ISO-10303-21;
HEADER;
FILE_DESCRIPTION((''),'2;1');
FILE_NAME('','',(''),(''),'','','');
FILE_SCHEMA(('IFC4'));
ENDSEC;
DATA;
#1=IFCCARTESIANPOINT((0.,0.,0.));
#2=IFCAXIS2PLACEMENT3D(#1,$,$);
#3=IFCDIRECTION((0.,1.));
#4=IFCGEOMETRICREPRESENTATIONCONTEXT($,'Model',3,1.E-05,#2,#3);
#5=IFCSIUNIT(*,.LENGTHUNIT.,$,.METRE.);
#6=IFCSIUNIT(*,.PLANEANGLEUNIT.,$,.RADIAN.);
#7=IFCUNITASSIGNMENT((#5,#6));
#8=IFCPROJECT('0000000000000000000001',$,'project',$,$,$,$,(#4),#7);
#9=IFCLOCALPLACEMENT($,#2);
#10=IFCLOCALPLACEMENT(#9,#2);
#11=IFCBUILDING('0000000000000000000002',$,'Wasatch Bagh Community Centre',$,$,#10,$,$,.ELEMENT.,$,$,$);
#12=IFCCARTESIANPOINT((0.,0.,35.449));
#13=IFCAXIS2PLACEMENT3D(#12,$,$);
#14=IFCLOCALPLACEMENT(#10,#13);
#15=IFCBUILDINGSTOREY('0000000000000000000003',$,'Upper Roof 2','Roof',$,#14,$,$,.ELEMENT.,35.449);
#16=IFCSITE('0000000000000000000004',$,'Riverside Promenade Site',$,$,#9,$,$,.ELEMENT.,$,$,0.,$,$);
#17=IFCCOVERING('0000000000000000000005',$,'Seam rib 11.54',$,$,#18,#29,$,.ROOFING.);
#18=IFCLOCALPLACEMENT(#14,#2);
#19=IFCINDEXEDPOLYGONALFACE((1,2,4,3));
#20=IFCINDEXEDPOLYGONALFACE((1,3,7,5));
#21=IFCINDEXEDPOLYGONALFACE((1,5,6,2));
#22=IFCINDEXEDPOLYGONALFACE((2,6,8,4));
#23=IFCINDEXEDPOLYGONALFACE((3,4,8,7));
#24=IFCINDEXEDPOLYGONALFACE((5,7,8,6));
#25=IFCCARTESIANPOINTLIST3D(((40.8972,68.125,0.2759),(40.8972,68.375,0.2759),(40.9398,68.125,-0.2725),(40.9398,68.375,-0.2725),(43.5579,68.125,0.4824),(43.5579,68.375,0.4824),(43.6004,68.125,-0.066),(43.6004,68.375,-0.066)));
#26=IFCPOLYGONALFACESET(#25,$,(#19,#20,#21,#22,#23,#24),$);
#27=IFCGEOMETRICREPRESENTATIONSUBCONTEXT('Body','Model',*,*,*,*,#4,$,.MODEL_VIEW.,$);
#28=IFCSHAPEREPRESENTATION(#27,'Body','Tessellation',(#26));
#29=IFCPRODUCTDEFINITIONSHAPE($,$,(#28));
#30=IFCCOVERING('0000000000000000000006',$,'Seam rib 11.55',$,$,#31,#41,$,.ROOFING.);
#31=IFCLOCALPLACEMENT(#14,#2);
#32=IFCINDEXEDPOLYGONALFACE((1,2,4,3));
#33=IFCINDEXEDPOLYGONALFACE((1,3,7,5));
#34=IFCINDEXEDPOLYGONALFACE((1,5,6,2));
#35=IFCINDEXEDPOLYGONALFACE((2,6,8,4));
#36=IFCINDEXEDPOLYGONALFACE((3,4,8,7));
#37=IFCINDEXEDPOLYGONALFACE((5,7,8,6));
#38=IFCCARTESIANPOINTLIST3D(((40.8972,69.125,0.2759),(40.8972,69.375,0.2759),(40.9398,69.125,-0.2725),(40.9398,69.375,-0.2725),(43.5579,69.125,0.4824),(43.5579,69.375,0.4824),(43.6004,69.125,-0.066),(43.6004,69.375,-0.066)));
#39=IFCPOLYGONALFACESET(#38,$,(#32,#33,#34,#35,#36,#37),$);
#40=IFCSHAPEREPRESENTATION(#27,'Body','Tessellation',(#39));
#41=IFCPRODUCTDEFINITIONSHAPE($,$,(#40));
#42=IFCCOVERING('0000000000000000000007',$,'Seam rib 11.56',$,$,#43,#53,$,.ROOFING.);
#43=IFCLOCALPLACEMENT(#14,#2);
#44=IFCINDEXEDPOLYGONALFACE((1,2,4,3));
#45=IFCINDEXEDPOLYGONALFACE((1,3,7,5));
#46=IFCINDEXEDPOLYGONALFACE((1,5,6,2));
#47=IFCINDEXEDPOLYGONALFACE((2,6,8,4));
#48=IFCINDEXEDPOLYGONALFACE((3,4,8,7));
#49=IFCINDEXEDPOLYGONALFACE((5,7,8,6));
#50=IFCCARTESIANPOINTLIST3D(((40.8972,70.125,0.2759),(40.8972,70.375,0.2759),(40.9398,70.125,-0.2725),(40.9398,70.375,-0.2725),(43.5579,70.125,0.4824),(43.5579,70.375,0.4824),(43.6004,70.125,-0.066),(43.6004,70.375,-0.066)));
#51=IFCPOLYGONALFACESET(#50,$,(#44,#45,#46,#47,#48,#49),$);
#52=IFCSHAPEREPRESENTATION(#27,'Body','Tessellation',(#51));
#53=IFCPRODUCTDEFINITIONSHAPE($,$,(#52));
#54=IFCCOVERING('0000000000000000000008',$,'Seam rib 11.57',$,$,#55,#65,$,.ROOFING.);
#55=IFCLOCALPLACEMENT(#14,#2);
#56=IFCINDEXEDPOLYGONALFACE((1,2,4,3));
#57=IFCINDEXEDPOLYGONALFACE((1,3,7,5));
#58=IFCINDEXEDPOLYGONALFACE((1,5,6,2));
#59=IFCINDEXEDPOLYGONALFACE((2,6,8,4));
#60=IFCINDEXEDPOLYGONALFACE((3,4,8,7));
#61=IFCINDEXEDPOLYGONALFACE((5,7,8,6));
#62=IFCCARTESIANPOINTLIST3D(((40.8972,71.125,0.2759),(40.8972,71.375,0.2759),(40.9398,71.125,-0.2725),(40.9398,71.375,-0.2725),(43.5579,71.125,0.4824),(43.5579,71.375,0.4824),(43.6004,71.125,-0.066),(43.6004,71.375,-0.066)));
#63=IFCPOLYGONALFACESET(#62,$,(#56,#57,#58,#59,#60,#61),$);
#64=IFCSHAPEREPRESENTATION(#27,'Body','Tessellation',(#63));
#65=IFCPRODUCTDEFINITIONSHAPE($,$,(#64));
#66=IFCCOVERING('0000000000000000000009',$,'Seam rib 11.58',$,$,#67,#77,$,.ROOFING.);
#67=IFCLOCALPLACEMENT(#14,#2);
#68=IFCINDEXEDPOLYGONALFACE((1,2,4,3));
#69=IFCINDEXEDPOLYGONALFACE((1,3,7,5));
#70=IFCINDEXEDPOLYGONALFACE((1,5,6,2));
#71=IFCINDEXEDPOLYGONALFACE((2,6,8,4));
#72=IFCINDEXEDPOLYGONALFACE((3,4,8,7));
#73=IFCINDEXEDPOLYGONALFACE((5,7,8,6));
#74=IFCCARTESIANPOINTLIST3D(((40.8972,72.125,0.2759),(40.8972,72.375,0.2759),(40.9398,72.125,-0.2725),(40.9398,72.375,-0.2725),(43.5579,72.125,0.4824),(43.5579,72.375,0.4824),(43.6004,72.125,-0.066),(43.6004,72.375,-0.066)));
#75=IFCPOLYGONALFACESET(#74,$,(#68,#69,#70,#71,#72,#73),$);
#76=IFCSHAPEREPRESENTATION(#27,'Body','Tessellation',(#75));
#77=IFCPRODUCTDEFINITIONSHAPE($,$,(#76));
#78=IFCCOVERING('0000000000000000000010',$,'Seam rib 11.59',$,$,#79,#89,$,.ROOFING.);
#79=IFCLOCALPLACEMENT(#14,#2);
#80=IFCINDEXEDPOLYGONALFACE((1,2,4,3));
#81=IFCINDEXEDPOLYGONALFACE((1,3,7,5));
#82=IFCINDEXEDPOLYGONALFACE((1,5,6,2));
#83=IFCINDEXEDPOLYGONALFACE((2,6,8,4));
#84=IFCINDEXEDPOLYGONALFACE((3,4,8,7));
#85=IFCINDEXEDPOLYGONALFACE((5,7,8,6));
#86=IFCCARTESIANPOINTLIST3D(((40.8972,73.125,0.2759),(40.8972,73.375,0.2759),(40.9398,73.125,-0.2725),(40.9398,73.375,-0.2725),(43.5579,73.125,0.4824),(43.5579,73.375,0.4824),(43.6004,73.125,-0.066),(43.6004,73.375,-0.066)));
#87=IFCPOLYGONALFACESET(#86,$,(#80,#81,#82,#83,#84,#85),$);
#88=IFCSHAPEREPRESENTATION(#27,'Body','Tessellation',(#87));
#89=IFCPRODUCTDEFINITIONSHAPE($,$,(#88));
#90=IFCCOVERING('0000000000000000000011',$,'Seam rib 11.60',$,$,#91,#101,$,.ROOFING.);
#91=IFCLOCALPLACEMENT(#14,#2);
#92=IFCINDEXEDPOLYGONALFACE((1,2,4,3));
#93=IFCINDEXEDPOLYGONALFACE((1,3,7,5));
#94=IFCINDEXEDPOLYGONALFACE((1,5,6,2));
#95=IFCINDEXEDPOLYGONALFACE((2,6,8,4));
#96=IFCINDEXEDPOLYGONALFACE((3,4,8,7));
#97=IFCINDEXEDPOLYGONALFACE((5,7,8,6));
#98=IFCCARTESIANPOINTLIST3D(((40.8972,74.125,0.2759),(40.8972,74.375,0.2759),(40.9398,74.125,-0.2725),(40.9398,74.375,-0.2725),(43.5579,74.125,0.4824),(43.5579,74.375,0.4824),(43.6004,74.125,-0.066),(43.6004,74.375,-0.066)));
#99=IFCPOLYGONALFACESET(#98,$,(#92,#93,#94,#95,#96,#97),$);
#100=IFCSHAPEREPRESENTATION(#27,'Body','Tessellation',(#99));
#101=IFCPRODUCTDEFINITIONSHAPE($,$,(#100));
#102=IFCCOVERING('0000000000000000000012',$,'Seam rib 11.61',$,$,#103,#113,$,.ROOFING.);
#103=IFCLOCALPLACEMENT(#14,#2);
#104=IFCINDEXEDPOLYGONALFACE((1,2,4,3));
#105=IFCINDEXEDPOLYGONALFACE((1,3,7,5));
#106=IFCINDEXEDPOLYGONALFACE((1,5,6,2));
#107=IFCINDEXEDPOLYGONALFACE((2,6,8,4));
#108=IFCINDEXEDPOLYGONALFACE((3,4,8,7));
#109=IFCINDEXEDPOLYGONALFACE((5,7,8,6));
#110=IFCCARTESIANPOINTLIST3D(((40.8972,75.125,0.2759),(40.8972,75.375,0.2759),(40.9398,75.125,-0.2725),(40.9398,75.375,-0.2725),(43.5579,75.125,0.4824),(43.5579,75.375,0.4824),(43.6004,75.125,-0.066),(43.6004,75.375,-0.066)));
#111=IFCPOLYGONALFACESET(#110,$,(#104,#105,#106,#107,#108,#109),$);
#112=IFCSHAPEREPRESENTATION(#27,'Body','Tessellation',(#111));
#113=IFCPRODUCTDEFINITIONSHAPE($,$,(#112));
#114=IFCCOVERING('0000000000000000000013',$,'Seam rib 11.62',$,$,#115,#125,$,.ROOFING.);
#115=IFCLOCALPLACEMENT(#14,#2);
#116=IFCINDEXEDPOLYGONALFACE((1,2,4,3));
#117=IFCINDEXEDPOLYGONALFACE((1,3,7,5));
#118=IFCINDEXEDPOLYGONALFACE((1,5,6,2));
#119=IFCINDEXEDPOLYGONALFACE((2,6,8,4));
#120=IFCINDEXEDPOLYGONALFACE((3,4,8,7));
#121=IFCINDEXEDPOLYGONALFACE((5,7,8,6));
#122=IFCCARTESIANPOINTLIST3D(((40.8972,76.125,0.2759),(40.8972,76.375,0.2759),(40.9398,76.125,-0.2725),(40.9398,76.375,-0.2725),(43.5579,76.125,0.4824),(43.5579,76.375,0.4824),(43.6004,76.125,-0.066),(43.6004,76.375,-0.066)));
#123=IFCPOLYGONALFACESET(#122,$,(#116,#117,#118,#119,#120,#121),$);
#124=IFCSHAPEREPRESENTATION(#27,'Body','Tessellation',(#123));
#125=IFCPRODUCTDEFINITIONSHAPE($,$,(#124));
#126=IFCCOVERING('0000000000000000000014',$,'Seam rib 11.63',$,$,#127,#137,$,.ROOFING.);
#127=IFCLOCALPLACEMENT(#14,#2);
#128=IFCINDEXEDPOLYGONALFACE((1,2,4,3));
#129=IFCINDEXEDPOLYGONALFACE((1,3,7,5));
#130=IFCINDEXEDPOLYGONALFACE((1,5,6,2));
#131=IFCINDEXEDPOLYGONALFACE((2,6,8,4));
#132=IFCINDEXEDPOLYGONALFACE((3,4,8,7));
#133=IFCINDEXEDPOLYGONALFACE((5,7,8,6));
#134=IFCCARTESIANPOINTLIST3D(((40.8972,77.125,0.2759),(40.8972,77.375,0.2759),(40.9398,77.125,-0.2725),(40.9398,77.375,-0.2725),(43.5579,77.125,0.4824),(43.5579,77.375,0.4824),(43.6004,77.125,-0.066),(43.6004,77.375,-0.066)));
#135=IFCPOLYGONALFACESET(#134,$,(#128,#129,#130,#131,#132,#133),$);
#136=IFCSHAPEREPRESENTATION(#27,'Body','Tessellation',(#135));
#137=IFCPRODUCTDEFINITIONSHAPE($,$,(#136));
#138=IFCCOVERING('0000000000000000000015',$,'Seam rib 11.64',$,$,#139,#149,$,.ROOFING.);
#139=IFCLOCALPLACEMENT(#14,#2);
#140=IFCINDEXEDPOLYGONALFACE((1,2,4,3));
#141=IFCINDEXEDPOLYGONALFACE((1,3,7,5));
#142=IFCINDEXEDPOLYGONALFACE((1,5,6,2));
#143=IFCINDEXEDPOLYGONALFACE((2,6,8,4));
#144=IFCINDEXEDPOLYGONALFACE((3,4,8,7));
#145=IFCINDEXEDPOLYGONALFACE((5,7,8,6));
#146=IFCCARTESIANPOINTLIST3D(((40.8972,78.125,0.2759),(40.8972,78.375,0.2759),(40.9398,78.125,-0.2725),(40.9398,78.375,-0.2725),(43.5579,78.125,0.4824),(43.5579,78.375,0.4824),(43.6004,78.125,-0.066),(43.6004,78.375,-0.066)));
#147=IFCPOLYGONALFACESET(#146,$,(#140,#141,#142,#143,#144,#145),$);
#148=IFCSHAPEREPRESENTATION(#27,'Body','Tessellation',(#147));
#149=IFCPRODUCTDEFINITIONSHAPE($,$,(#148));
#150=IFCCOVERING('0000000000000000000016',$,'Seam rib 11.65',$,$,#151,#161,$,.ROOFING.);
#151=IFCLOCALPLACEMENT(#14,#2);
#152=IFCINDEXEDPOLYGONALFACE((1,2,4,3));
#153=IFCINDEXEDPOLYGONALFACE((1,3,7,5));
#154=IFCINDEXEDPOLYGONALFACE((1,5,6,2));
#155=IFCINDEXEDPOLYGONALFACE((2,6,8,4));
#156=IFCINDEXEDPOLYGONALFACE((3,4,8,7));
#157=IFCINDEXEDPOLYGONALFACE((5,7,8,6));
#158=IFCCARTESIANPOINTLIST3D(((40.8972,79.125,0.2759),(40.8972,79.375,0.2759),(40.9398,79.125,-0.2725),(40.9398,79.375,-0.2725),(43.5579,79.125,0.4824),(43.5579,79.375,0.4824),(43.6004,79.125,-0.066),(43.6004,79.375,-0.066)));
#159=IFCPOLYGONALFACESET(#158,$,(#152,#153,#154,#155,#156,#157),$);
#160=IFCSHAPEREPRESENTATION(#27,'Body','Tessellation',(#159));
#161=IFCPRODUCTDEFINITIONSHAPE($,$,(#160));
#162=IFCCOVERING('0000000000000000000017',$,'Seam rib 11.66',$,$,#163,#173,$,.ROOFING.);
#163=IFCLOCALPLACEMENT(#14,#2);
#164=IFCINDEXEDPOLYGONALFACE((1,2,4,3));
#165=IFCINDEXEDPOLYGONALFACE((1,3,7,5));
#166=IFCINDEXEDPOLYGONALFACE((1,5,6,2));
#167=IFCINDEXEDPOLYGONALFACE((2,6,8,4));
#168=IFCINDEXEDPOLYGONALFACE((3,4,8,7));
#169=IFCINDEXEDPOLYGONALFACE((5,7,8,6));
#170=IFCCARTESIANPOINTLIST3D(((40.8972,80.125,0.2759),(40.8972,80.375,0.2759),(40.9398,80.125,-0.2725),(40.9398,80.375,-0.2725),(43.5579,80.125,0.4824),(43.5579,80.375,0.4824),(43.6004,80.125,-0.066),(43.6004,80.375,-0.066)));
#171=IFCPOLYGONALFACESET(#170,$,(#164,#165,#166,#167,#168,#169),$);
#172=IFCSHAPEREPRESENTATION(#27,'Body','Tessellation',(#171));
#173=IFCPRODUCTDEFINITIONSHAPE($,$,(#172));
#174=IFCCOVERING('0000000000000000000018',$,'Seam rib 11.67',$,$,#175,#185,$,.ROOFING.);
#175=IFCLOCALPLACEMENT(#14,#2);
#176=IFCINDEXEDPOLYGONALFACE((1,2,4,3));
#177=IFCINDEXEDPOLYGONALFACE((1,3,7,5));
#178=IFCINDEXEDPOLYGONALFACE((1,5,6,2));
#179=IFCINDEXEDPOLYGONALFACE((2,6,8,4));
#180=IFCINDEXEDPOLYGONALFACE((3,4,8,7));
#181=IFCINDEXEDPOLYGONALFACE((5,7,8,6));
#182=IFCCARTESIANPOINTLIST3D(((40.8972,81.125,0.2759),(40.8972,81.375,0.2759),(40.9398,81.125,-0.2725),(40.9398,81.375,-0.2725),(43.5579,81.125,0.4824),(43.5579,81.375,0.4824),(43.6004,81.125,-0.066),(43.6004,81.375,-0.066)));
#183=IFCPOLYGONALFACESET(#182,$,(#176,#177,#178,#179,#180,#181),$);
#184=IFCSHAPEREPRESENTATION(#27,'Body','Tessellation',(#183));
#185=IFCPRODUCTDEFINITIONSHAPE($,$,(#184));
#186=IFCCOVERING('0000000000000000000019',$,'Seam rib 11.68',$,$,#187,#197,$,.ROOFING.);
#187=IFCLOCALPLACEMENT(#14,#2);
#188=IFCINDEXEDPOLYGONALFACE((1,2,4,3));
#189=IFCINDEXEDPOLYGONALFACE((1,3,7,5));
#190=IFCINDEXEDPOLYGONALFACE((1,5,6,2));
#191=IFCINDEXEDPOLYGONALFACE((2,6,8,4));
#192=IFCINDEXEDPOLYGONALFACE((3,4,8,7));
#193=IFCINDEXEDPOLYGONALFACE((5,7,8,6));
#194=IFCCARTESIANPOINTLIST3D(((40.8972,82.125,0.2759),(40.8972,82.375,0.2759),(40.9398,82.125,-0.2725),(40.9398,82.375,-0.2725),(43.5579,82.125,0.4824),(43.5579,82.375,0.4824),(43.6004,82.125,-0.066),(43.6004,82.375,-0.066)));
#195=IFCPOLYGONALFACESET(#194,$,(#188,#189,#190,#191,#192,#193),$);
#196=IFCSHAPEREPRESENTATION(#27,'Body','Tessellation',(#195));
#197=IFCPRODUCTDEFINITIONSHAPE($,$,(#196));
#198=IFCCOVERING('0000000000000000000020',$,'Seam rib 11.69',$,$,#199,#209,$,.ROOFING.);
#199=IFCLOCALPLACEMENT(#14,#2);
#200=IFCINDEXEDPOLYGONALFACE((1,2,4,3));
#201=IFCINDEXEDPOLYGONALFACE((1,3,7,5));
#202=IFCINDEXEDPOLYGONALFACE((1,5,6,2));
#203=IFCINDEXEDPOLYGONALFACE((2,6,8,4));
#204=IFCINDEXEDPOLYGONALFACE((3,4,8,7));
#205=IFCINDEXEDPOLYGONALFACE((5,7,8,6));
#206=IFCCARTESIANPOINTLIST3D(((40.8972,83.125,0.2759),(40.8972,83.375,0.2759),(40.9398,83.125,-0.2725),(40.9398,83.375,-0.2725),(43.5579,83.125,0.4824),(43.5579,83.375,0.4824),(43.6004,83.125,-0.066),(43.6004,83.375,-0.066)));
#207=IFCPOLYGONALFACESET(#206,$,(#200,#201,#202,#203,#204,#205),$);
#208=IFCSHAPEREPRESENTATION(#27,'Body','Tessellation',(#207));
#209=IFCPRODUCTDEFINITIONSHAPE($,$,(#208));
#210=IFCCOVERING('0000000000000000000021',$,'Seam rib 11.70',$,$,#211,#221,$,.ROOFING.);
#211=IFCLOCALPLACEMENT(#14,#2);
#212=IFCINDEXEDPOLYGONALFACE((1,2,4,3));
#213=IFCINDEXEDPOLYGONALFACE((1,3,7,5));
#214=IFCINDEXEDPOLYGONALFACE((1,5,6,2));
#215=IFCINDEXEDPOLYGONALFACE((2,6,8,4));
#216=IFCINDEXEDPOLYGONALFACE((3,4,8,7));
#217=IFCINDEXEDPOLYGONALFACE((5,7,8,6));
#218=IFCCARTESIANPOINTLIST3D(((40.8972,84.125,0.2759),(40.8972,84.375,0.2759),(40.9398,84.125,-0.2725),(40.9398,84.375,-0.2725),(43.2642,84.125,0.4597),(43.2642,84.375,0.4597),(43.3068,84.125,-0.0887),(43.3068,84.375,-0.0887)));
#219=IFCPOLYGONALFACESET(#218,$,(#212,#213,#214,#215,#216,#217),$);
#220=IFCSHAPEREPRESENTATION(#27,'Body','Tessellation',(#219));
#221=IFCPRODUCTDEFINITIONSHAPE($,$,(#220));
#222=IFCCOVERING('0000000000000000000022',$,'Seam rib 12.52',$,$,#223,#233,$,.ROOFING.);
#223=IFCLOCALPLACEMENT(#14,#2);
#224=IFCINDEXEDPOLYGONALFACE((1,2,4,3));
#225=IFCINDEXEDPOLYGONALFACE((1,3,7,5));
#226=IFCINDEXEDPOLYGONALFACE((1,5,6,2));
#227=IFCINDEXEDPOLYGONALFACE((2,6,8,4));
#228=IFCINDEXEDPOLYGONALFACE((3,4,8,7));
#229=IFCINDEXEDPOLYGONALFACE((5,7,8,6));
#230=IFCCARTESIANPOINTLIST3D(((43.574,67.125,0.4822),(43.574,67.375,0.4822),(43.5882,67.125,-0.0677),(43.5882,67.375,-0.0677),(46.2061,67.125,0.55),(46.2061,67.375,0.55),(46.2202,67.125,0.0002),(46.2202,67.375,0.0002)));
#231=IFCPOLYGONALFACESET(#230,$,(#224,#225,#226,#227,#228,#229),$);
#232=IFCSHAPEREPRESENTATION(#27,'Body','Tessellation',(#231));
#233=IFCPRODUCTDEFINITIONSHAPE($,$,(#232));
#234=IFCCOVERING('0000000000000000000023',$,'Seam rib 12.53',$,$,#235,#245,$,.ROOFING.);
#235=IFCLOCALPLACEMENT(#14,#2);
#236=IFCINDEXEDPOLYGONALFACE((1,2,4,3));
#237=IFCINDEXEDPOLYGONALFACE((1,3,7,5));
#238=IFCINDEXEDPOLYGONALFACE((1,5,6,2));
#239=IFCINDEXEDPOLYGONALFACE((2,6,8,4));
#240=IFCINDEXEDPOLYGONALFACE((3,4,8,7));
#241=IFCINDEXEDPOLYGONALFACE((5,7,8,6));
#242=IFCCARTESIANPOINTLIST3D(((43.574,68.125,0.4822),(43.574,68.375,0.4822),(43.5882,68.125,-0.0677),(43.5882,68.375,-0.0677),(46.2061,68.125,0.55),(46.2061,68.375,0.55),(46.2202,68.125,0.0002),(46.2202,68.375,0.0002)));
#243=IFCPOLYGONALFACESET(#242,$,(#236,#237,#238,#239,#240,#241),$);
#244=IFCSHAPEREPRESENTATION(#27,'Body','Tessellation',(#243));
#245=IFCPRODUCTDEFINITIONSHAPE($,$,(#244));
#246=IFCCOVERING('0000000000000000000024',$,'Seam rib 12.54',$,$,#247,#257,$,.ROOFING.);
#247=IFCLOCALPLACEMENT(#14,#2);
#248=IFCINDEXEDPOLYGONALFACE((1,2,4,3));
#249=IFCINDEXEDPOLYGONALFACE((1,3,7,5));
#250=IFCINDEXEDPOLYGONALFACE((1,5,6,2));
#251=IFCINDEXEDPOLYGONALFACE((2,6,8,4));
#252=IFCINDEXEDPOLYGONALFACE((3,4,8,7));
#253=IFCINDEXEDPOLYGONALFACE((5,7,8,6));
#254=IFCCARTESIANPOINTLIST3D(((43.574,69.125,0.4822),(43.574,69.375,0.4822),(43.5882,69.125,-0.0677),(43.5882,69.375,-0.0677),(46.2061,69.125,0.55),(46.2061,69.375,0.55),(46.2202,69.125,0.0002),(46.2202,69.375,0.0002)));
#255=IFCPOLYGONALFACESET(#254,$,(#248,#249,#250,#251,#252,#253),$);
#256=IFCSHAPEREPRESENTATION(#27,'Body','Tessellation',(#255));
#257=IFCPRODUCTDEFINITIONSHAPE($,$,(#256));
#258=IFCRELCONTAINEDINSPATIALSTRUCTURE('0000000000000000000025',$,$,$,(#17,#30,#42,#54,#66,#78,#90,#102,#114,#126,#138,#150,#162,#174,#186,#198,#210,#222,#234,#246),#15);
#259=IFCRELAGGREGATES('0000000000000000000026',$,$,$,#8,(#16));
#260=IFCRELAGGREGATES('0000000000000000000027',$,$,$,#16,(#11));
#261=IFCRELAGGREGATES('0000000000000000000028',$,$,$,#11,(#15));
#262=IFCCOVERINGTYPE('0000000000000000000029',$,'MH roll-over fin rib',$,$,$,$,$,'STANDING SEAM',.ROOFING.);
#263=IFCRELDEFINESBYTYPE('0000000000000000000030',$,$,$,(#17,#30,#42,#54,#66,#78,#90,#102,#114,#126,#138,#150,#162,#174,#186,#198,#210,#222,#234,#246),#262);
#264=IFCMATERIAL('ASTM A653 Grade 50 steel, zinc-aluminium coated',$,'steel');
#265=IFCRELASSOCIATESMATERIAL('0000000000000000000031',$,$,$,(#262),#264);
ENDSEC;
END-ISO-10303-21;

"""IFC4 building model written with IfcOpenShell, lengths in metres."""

from ifc_helpers import new_model, si_unit, direction, frame, origin, place, context, subcontext, project, spatial, polyline, outline, extrude, material, type_object, element, save


model = new_model("IFC4")

# Units and contexts
model_context = context("Model", 3, precision=1e-05, world=origin(), true_north=direction((0.0, 1.0)))
body_context = subcontext(model_context, "Body", "Model", "MODEL_VIEW")
ifc_project = project(units=[si_unit("LENGTHUNIT", "METRE"), si_unit("PLANEANGLEUNIT", "RADIAN")], contexts=[model_context])

# Site, building, storey
site_placement = place(None, origin())
site = spatial("IfcSite", under=ifc_project, at=site_placement, Name="Riverside Promenade Site", CompositionType="ELEMENT", RefElevation=0.0)
building_placement = place(site_placement, origin())
building = spatial("IfcBuilding", under=site, at=building_placement, Name="Wasatch Bagh Community Centre", CompositionType="ELEMENT")
storey_placement = place(building_placement, frame((0.0, 0.0, 35.449)))
storey = spatial("IfcBuildingStorey", under=building, at=storey_placement, Name="Upper Roof 2", Description="Roof", CompositionType="ELEMENT", Elevation=35.449)

# Coverings
ifc_material_1 = material(Name="ASTM A653 Grade 50 steel, zinc-aluminium coated", Category="steel")
covering_type = type_object("IfcCoveringType", Name="MH roll-over fin rib", ElementType="STANDING SEAM", PredefinedType="ROOFING", material=ifc_material_1)
for number, where, z_axis, x_axis, name in (
    (1, (40.8972, 68.125, 0.2759), (-0.077396, 0.0, 0.997), (0.997, 0.0, 0.077396), "Seam rib 11.54"),
    (2, (40.8972, 69.125, 0.2759), (-0.077396, 0.0, 0.997), (0.997, 0.0, 0.077396), "Seam rib 11.55"),
    (3, (40.8972, 70.125, 0.2759), (-0.077396, 0.0, 0.997), (0.997, 0.0, 0.077396), "Seam rib 11.56"),
    (4, (40.8972, 71.125, 0.2759), (-0.077396, 0.0, 0.997), (0.997, 0.0, 0.077396), "Seam rib 11.57"),
    (5, (40.8972, 72.125, 0.2759), (-0.077396, 0.0, 0.997), (0.997, 0.0, 0.077396), "Seam rib 11.58"),
    (6, (40.8972, 73.125, 0.2759), (-0.077396, 0.0, 0.997), (0.997, 0.0, 0.077396), "Seam rib 11.59"),
    (7, (40.8972, 74.125, 0.2759), (-0.077396, 0.0, 0.997), (0.997, 0.0, 0.077396), "Seam rib 11.60"),
    (8, (40.8972, 75.125, 0.2759), (-0.077396, 0.0, 0.997), (0.997, 0.0, 0.077396), "Seam rib 11.61"),
    (9, (40.8972, 76.125, 0.2759), (-0.077396, 0.0, 0.997), (0.997, 0.0, 0.077396), "Seam rib 11.62"),
    (10, (40.8972, 77.125, 0.2759), (-0.077396, 0.0, 0.997), (0.997, 0.0, 0.077396), "Seam rib 11.63"),
    (11, (40.8972, 78.125, 0.2759), (-0.077396, 0.0, 0.997), (0.997, 0.0, 0.077396), "Seam rib 11.64"),
    (12, (40.8972, 79.125, 0.2759), (-0.077396, 0.0, 0.997), (0.997, 0.0, 0.077396), "Seam rib 11.65"),
    (13, (40.8972, 80.125, 0.2759), (-0.077396, 0.0, 0.997), (0.997, 0.0, 0.077396), "Seam rib 11.66"),
    (14, (40.8972, 81.125, 0.2759), (-0.077396, 0.0, 0.997), (0.997, 0.0, 0.077396), "Seam rib 11.67"),
    (15, (40.8972, 82.125, 0.2759), (-0.077396, 0.0, 0.997), (0.997, 0.0, 0.077396), "Seam rib 11.68"),
    (16, (40.8972, 83.125, 0.2759), (-0.077396, 0.0, 0.997), (0.997, 0.0, 0.077396), "Seam rib 11.69"),
):
    element("IfcCovering", number, at=place(storey_placement, frame(where, z_axis=z_axis, x_axis=x_axis)), inside=storey, type_object=covering_type, Name=name, PredefinedType="ROOFING", context=body_context, shape_type="SweptSolid", body=[
        extrude(outline(polyline([(0.0, 0.0), (2.6686, 0.0), (2.6686, 0.25), (0.0, 0.25), (0.0, 0.0)])), origin(), (0.0, 0.0, -1.0), 0.55),
    ])
covering_1_placement = place(storey_placement, frame((40.8972, 84.125, 0.2759), z_axis=(-0.077436, 0.0, 0.996997), x_axis=(0.996997, 0.0, 0.077436)))
element("IfcCovering", 17, at=covering_1_placement, inside=storey, type_object=covering_type, Name="Seam rib 11.70", PredefinedType="ROOFING", context=body_context, shape_type="SweptSolid", body=[
    extrude(outline(polyline([(0.0, 0.0), (2.3741, 0.0), (2.3741, 0.25), (0.0, 0.25), (0.0, 0.0)])), origin(), (0.0, 0.0, -1.0), 0.55),
])
for number, where, z_axis, x_axis, name in (
    (18, (43.574, 67.125, 0.4822), (-0.025778, 0.0, 0.999668), (0.999668, 0.0, 0.025778), "Seam rib 12.52"),
    (19, (43.574, 68.125, 0.4822), (-0.025778, 0.0, 0.999668), (0.999668, 0.0, 0.025778), "Seam rib 12.53"),
    (20, (43.574, 69.125, 0.4822), (-0.025778, 0.0, 0.999668), (0.999668, 0.0, 0.025778), "Seam rib 12.54"),
):
    element("IfcCovering", number, at=place(storey_placement, frame(where, z_axis=z_axis, x_axis=x_axis)), inside=storey, type_object=covering_type, Name=name, PredefinedType="ROOFING", context=body_context, shape_type="SweptSolid", body=[
        extrude(outline(polyline([(0.0, 0.0), (2.633, 0.0), (2.633, 0.25), (0.0, 0.25), (0.0, 0.0)])), origin(), (0.0, 0.0, -1.0), 0.55),
    ])

save(model, "model.ifc")
